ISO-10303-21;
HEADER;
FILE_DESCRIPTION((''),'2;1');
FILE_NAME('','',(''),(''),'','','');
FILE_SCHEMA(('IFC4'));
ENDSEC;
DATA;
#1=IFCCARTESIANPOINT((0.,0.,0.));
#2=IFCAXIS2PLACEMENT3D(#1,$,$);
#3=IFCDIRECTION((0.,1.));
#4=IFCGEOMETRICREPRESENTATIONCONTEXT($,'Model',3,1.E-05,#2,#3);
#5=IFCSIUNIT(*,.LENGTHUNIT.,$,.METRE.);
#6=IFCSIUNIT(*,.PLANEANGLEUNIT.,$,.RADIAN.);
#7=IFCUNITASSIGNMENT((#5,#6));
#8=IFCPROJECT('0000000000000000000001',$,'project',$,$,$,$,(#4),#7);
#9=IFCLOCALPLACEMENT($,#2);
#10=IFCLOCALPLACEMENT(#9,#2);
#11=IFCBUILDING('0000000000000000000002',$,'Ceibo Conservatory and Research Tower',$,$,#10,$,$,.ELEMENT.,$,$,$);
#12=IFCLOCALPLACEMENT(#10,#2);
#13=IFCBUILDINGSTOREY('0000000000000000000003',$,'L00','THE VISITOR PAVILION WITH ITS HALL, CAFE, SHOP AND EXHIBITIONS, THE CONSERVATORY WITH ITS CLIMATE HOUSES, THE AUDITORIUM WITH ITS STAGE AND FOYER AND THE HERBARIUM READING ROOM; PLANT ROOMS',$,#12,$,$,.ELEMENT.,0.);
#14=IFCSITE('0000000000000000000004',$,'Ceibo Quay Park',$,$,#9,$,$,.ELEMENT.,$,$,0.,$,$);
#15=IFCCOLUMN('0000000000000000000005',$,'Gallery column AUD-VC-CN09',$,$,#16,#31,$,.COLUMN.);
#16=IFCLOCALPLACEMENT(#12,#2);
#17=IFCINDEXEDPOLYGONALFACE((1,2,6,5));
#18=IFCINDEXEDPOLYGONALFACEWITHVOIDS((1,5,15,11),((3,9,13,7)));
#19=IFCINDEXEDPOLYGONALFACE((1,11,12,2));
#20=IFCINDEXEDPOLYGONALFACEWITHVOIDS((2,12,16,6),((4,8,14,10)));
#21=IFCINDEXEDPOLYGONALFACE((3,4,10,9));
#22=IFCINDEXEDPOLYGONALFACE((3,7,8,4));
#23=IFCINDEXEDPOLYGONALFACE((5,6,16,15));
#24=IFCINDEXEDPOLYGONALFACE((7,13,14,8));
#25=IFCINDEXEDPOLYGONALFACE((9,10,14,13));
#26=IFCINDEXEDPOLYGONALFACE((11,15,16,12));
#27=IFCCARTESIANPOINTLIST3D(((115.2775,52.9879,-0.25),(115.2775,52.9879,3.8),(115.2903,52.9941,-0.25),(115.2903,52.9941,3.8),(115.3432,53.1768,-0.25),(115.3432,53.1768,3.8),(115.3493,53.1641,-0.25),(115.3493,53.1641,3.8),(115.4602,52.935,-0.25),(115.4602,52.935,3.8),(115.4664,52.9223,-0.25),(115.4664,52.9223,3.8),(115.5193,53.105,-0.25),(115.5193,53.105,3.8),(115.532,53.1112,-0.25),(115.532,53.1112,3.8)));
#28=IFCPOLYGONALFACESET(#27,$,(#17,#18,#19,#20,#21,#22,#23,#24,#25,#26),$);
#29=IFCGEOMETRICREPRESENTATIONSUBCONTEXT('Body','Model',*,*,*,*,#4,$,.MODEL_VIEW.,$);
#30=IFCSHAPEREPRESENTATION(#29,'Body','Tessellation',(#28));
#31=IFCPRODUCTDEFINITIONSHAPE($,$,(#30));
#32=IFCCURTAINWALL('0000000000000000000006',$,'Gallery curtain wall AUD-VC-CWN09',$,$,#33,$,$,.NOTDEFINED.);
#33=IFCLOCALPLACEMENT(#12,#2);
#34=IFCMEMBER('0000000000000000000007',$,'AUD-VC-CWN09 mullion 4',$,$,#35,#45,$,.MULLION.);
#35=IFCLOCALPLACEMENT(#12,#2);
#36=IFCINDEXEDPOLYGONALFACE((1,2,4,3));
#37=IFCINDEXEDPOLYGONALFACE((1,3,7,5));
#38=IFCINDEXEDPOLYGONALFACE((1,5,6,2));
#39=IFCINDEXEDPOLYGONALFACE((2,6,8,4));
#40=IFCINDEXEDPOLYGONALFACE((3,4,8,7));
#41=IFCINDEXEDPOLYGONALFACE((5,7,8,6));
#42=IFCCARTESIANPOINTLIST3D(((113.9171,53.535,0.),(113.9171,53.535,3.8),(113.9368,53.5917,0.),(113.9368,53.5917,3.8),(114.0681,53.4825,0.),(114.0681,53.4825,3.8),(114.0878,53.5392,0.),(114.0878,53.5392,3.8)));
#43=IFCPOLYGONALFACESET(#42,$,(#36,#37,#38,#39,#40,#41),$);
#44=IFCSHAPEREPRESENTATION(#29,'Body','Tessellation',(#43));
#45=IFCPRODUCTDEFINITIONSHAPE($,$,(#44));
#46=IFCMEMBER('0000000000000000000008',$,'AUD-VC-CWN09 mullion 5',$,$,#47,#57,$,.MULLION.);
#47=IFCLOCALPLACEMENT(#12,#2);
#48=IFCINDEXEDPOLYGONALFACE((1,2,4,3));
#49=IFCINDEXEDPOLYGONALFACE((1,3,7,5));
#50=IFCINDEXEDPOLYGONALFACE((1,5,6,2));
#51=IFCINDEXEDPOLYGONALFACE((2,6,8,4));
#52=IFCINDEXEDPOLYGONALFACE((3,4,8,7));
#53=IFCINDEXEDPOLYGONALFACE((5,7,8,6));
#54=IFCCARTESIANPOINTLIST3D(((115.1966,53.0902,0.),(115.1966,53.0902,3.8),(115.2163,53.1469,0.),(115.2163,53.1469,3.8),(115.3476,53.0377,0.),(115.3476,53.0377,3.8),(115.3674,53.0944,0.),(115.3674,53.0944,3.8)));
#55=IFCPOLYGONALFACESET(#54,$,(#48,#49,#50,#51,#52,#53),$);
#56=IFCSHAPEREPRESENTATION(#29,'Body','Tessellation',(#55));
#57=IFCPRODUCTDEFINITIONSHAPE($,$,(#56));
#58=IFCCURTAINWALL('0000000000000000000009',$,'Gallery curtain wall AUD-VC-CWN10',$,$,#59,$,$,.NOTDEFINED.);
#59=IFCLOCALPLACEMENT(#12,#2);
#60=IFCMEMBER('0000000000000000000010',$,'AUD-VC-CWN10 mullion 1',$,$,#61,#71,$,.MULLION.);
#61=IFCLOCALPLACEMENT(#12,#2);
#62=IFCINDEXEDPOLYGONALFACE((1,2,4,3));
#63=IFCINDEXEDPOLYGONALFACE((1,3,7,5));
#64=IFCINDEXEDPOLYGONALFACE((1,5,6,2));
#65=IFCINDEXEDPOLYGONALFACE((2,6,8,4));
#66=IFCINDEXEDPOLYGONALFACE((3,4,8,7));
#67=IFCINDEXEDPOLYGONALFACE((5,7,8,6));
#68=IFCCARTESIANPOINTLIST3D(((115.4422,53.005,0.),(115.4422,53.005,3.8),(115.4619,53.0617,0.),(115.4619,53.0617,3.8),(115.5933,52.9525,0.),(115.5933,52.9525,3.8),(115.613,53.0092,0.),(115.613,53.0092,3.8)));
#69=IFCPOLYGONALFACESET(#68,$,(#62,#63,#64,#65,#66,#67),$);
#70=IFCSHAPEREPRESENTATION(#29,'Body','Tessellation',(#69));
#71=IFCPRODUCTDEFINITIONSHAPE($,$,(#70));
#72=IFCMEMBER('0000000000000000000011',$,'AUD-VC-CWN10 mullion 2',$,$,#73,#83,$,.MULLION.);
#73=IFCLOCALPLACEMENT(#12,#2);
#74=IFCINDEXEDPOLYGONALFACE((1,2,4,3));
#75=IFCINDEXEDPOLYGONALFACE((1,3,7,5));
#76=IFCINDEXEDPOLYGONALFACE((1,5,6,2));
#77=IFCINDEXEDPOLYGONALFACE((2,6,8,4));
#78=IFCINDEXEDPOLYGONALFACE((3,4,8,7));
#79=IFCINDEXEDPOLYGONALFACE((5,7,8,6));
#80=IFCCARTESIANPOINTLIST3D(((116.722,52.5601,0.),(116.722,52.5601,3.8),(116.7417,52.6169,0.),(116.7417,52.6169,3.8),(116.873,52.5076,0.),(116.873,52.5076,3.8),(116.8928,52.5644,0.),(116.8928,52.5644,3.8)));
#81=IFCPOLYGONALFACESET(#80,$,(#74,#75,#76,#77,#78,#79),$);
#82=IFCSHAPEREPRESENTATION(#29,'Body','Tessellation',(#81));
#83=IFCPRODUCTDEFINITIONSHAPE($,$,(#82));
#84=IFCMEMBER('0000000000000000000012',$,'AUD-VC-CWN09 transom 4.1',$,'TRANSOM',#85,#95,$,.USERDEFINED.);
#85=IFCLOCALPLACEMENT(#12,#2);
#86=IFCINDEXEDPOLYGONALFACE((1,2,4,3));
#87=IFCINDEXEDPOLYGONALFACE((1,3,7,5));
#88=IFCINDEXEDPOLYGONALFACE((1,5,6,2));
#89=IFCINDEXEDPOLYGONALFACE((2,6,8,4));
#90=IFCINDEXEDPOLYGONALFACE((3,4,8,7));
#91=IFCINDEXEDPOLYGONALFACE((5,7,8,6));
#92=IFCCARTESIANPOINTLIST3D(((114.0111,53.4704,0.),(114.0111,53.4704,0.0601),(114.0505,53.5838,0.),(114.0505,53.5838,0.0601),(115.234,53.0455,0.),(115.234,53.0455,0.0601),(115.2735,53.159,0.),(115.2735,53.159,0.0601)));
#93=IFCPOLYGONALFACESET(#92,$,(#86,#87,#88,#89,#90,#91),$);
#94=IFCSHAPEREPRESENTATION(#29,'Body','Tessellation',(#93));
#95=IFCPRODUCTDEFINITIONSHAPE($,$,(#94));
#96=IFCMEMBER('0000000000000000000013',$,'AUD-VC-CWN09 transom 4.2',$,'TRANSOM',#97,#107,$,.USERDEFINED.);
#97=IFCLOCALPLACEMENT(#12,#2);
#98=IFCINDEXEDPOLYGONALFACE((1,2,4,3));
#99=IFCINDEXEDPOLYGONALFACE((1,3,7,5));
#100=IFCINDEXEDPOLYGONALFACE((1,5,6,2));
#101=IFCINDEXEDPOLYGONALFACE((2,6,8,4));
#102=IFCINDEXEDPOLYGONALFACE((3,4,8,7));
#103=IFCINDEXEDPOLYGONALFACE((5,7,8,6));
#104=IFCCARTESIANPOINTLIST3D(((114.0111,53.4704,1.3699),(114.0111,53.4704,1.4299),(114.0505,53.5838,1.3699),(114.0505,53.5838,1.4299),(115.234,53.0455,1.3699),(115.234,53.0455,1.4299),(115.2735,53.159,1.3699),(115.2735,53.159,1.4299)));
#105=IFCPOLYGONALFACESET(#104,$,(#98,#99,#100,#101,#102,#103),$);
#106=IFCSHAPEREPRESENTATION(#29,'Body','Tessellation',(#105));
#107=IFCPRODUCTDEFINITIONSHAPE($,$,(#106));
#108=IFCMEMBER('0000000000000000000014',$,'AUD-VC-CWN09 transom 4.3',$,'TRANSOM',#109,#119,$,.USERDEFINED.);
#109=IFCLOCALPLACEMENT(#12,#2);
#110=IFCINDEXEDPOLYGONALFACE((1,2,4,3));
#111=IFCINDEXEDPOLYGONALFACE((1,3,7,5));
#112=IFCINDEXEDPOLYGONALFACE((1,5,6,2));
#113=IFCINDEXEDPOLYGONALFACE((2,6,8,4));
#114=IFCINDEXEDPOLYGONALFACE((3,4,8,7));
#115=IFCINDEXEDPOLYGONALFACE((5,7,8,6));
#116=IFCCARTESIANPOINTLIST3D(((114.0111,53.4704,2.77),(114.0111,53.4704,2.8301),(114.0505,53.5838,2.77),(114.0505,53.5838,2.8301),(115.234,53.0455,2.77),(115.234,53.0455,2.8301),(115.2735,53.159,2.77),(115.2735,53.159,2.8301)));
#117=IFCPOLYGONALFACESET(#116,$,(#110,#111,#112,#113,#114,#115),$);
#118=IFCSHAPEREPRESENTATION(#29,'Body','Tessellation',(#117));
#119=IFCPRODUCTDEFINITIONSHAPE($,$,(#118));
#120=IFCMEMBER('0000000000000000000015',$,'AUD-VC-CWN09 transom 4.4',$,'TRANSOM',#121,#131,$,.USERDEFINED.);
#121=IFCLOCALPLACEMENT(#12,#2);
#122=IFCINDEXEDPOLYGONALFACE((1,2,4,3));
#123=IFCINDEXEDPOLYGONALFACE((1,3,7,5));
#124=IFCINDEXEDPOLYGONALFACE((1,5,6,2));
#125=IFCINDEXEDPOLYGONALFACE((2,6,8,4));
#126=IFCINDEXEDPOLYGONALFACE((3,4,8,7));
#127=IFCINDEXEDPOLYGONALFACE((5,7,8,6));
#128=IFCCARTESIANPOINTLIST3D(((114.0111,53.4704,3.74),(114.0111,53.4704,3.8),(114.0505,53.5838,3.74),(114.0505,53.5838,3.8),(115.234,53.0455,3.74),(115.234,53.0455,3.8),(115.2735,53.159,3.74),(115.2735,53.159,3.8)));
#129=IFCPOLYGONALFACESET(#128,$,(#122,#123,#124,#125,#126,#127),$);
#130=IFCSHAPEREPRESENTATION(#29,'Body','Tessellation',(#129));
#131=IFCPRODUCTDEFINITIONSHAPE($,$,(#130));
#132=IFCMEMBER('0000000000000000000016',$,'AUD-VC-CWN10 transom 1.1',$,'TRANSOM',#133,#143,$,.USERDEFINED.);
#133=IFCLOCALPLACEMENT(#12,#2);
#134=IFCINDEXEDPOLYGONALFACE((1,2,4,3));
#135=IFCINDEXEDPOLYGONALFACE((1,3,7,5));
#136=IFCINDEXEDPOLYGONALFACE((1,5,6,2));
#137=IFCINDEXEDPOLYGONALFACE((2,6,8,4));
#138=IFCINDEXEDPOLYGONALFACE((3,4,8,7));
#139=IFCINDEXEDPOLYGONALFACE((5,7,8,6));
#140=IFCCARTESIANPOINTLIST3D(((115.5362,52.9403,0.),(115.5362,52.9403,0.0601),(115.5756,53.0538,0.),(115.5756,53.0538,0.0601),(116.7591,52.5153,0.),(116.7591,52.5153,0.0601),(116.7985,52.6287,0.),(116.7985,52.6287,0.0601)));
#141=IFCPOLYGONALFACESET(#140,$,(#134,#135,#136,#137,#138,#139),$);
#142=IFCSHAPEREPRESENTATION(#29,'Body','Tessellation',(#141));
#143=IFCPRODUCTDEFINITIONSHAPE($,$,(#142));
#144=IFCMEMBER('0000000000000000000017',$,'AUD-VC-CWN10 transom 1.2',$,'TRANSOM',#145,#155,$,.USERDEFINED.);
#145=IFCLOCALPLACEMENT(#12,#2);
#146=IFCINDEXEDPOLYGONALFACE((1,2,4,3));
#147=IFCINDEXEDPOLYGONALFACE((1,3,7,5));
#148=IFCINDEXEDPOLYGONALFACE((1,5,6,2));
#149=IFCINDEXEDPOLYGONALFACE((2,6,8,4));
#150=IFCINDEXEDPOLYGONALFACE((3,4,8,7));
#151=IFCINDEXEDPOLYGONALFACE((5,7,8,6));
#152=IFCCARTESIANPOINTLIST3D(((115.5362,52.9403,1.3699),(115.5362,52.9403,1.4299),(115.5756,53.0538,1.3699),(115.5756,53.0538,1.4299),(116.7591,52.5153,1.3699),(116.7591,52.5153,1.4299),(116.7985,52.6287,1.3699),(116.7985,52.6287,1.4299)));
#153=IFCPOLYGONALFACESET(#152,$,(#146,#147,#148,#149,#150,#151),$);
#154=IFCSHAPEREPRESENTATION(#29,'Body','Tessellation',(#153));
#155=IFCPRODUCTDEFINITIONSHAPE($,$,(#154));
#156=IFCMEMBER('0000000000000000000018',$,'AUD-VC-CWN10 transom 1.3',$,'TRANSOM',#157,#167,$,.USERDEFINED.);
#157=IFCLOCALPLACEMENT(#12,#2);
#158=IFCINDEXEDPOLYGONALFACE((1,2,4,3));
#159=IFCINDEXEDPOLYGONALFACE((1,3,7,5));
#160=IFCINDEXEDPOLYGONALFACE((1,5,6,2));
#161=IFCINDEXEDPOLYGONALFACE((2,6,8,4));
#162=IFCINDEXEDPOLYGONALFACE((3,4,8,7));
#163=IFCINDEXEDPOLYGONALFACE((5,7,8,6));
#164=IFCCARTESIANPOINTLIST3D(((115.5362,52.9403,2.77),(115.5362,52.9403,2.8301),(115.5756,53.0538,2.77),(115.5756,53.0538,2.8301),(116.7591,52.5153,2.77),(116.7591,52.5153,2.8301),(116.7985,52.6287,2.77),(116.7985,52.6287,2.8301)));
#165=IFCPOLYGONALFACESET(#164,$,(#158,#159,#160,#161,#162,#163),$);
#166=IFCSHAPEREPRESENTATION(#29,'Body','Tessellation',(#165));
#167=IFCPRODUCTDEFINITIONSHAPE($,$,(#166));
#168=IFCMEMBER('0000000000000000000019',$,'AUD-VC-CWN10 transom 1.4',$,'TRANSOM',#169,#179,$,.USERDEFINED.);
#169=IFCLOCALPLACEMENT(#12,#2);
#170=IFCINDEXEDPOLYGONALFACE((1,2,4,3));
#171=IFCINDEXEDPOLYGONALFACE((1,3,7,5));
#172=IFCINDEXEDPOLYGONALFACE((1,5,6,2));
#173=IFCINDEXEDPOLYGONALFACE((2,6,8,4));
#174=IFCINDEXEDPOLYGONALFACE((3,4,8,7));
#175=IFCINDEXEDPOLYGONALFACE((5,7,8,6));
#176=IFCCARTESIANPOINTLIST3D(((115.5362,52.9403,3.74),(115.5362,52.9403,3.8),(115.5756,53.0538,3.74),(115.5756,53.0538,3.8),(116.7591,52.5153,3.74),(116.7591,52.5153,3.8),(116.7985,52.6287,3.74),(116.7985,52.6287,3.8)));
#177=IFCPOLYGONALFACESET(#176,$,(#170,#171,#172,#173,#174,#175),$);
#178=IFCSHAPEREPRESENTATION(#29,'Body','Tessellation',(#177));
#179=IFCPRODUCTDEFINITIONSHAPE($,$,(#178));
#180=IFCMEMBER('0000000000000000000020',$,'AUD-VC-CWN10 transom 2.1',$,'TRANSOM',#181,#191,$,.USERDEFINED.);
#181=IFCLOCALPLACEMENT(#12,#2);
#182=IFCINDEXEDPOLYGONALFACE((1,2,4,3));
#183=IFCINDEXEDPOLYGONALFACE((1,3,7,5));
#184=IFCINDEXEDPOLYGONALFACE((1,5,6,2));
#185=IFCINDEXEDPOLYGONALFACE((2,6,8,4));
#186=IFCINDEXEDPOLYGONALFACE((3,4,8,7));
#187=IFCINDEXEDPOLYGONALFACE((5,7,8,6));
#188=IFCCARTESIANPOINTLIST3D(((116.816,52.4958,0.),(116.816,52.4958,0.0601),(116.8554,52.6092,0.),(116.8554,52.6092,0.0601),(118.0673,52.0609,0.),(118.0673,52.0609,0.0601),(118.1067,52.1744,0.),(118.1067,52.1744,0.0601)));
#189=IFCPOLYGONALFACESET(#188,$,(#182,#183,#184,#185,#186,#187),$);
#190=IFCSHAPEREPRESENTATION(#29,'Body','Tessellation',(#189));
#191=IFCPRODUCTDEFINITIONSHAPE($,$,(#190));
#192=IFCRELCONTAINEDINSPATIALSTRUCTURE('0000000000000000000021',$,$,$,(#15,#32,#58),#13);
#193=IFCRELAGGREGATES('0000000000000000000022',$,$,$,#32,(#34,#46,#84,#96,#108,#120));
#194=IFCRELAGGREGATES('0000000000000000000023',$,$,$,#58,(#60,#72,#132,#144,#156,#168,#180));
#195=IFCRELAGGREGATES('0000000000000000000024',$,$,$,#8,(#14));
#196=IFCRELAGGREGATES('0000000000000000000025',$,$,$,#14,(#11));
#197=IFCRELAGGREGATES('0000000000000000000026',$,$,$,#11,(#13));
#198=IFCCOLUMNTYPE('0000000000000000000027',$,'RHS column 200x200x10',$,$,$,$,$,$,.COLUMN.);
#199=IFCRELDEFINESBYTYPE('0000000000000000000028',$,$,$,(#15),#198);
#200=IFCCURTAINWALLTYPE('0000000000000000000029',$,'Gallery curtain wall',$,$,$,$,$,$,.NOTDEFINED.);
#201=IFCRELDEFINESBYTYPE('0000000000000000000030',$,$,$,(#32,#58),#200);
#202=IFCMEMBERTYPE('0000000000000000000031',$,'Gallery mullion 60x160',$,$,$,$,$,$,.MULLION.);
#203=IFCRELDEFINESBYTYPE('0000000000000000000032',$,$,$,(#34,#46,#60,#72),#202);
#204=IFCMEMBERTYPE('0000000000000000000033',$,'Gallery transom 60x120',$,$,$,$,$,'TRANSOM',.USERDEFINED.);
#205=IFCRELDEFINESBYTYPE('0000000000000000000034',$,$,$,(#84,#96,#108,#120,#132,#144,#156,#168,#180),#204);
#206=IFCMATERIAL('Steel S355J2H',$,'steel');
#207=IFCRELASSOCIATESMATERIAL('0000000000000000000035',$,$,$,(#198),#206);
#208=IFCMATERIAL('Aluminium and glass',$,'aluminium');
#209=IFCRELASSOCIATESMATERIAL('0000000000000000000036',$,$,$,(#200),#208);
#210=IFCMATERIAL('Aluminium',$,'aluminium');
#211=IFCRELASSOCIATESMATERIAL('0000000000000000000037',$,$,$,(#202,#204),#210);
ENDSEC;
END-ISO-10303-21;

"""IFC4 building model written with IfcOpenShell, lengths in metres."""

from ifc_helpers import new_model, si_unit, direction, frame, origin, origin_2d, place, context, subcontext, project, spatial, rectangle, hollow_rectangle, extrude, material, material_profile, profile_set, type_object, element, aggregate, save


model = new_model("IFC4")

# Units and contexts
model_context = context("Model", 3, precision=1e-05, world=origin(), true_north=direction((0.0, 1.0)))
body_context = subcontext(model_context, "Body", "Model", "MODEL_VIEW")
ifc_project = project(units=[si_unit("LENGTHUNIT", "METRE"), si_unit("PLANEANGLEUNIT", "RADIAN")], contexts=[model_context])

# Site, building, storey
site_placement = place(None, origin())
site = spatial("IfcSite", under=ifc_project, at=site_placement, Name="Ceibo Quay Park", CompositionType="ELEMENT", RefElevation=0.0)
building_placement = place(site_placement, origin())
building = spatial("IfcBuilding", under=site, at=building_placement, Name="Ceibo Conservatory and Research Tower", CompositionType="ELEMENT")
storey_placement = place(building_placement, origin())
storey = spatial("IfcBuildingStorey", under=building, at=storey_placement, Name="L00", Description="THE VISITOR PAVILION WITH ITS HALL, CAFE, SHOP AND EXHIBITIONS, THE CONSERVATORY WITH ITS CLIMATE HOUSES, THE AUDITORIUM WITH ITS STAGE AND FOYER AND THE HERBARIUM READING ROOM; PLANT ROOMS", CompositionType="ELEMENT", Elevation=0.0)

# Column
ifc_material_1 = material(Name="Steel S355J2H", Category="steel")
ifc_material_profile_1 = material_profile(ifc_material_1, hollow_rectangle(XDim=0.2, YDim=0.2, WallThickness=0.01, at=origin_2d()), Name="RHS column 200x200x10")
ifc_profile_set_1 = profile_set([ifc_material_profile_1], Name="Steel S355J2H")
column_type = type_object("IfcColumnType", Name="RHS column 200x200x10", PredefinedType="COLUMN", material=ifc_profile_set_1)
column_placement = place(storey_placement, frame((115.4048, 53.0496, -0.25), z_axis=(0.0, 0.0, 1.0), x_axis=(0.944579, -0.328284, 0.0)))
element("IfcColumn", 1, at=column_placement, inside=storey, type_object=column_type, Name="Gallery column AUD-VC-CN09", PredefinedType="COLUMN", context=body_context, shape_type="SweptSolid", body=[
    extrude(hollow_rectangle(XDim=0.2, YDim=0.2, WallThickness=0.01, at=origin_2d()), origin(), (0.0, 0.0, 1.0), 4.05),
])

# Curtain walls, members
ifc_material_2 = material(Name="Aluminium and glass", Category="aluminium")
curtain_wall_type = type_object("IfcCurtainWallType", Name="Gallery curtain wall", PredefinedType="NOTDEFINED", material=ifc_material_2)
curtain_wall_1_placement = place(storey_placement, origin())
curtain_wall_1 = element("IfcCurtainWall", 2, at=curtain_wall_1_placement, inside=storey, type_object=curtain_wall_type, Name="Gallery curtain wall AUD-VC-CWN09", PredefinedType="NOTDEFINED")
ifc_material_3 = material(Name="Aluminium", Category="aluminium")
ifc_material_profile_2 = material_profile(ifc_material_3, rectangle(XDim=0.0601, YDim=0.1599, at=origin_2d()), Name="AL 60x160")
ifc_profile_set_2 = profile_set([ifc_material_profile_2], Name="Aluminium")
member_type_1 = type_object("IfcMemberType", Name="Gallery mullion 60x160", PredefinedType="MULLION", material=ifc_profile_set_2)
member_1_placement = place(storey_placement, frame((114.0024, 53.5371, 0.0), z_axis=(0.0, 0.0, 1.0), x_axis=(0.328284, 0.944579, 0.0)))
member_1 = element("IfcMember", 3, at=member_1_placement, type_object=member_type_1, Name="AUD-VC-CWN09 mullion 4", PredefinedType="MULLION", context=body_context, shape_type="SweptSolid", body=[
    extrude(rectangle(XDim=0.0601, YDim=0.1599, at=origin_2d()), origin(), (0.0, 0.0, 1.0), 3.8),
])
member_2_placement = place(storey_placement, frame((115.282, 53.0923, 0.0), z_axis=(0.0, 0.0, 1.0), x_axis=(0.328284, 0.944579, 0.0)))
member_2 = element("IfcMember", 4, at=member_2_placement, type_object=member_type_1, Name="AUD-VC-CWN09 mullion 5", PredefinedType="MULLION", context=body_context, shape_type="SweptSolid", body=[
    extrude(rectangle(XDim=0.0601, YDim=0.1599, at=origin_2d()), origin(), (0.0, 0.0, 1.0), 3.8),
])
curtain_wall_2_placement = place(storey_placement, origin())
curtain_wall_2 = element("IfcCurtainWall", 5, at=curtain_wall_2_placement, inside=storey, type_object=curtain_wall_type, Name="Gallery curtain wall AUD-VC-CWN10", PredefinedType="NOTDEFINED")
member_3_placement = place(storey_placement, frame((115.5276, 53.0071, 0.0), z_axis=(0.0, 0.0, 1.0), x_axis=(0.328284, 0.944579, 0.0)))
member_3 = element("IfcMember", 6, at=member_3_placement, type_object=member_type_1, Name="AUD-VC-CWN10 mullion 1", PredefinedType="MULLION", context=body_context, shape_type="SweptSolid", body=[
    extrude(rectangle(XDim=0.0601, YDim=0.1599, at=origin_2d()), origin(), (0.0, 0.0, 1.0), 3.8),
])
member_4_placement = place(storey_placement, frame((116.8074, 52.5623, 0.0), z_axis=(0.0, 0.0, 1.0), x_axis=(0.328284, 0.944579, 0.0)))
member_4 = element("IfcMember", 7, at=member_4_placement, type_object=member_type_1, Name="AUD-VC-CWN10 mullion 2", PredefinedType="MULLION", context=body_context, shape_type="SweptSolid", body=[
    extrude(rectangle(XDim=0.0601, YDim=0.1599, at=origin_2d()), origin(), (0.0, 0.0, 1.0), 3.8),
])

# Members
ifc_material_profile_3 = material_profile(ifc_material_3, rectangle(XDim=0.1201, YDim=0.0601, at=origin_2d()), Name="AL 60x120")
ifc_profile_set_3 = profile_set([ifc_material_profile_3], Name="Aluminium")
member_type_2 = type_object("IfcMemberType", Name="Gallery transom 60x120", ElementType="TRANSOM", PredefinedType="USERDEFINED", material=ifc_profile_set_3)
member_5_placement = place(storey_placement, frame((114.0308, 53.5271, 0.03), z_axis=(0.944629, -0.32814, 0.0), x_axis=(0.32814, 0.944629, 0.0)))
member_5 = element("IfcMember", 8, at=member_5_placement, type_object=member_type_2, Name="AUD-VC-CWN09 transom 4.1", ObjectType="TRANSOM", PredefinedType="USERDEFINED", context=body_context, shape_type="SweptSolid", body=[
    extrude(rectangle(XDim=0.1201, YDim=0.0601, at=origin_2d()), origin(), (0.0, 0.0, 1.0), 1.2947),
])
member_6_placement = place(storey_placement, frame((114.0308, 53.5271, 1.3999), z_axis=(0.944629, -0.32814, 0.0), x_axis=(0.32814, 0.944629, 0.0)))
member_6 = element("IfcMember", 9, at=member_6_placement, type_object=member_type_2, Name="AUD-VC-CWN09 transom 4.2", ObjectType="TRANSOM", PredefinedType="USERDEFINED", context=body_context, shape_type="SweptSolid", body=[
    extrude(rectangle(XDim=0.1201, YDim=0.0601, at=origin_2d()), origin(), (0.0, 0.0, 1.0), 1.2947),
])
member_7_placement = place(storey_placement, frame((114.0308, 53.5271, 2.8), z_axis=(0.944629, -0.32814, 0.0), x_axis=(0.32814, 0.944629, 0.0)))
member_7 = element("IfcMember", 10, at=member_7_placement, type_object=member_type_2, Name="AUD-VC-CWN09 transom 4.3", ObjectType="TRANSOM", PredefinedType="USERDEFINED", context=body_context, shape_type="SweptSolid", body=[
    extrude(rectangle(XDim=0.1201, YDim=0.0601, at=origin_2d()), origin(), (0.0, 0.0, 1.0), 1.2947),
])
member_8_placement = place(storey_placement, frame((114.0308, 53.5271, 3.77), z_axis=(0.944629, -0.32814, 0.0), x_axis=(0.32814, 0.944629, 0.0)))
member_8 = element("IfcMember", 11, at=member_8_placement, type_object=member_type_2, Name="AUD-VC-CWN09 transom 4.4", ObjectType="TRANSOM", PredefinedType="USERDEFINED", context=body_context, shape_type="SweptSolid", body=[
    extrude(rectangle(XDim=0.1201, YDim=0.0601, at=origin_2d()), origin(), (0.0, 0.0, 1.0), 1.2947),
])
member_9_placement = place(storey_placement, frame((115.5559, 52.9971, 0.03), z_axis=(0.944571, -0.328309, 0.0), x_axis=(0.328309, 0.944571, 0.0)))
member_9 = element("IfcMember", 12, at=member_9_placement, type_object=member_type_2, Name="AUD-VC-CWN10 transom 1.1", ObjectType="TRANSOM", PredefinedType="USERDEFINED", context=body_context, shape_type="SweptSolid", body=[
    extrude(rectangle(XDim=0.1201, YDim=0.0601, at=origin_2d()), origin(), (0.0, 0.0, 1.0), 1.2947),
])
member_10_placement = place(storey_placement, frame((115.5559, 52.9971, 1.3999), z_axis=(0.944571, -0.328309, 0.0), x_axis=(0.328309, 0.944571, 0.0)))
member_10 = element("IfcMember", 13, at=member_10_placement, type_object=member_type_2, Name="AUD-VC-CWN10 transom 1.2", ObjectType="TRANSOM", PredefinedType="USERDEFINED", context=body_context, shape_type="SweptSolid", body=[
    extrude(rectangle(XDim=0.1201, YDim=0.0601, at=origin_2d()), origin(), (0.0, 0.0, 1.0), 1.2947),
])
member_11_placement = place(storey_placement, frame((115.5559, 52.9971, 2.8), z_axis=(0.944571, -0.328309, 0.0), x_axis=(0.328309, 0.944571, 0.0)))
member_11 = element("IfcMember", 14, at=member_11_placement, type_object=member_type_2, Name="AUD-VC-CWN10 transom 1.3", ObjectType="TRANSOM", PredefinedType="USERDEFINED", context=body_context, shape_type="SweptSolid", body=[
    extrude(rectangle(XDim=0.1201, YDim=0.0601, at=origin_2d()), origin(), (0.0, 0.0, 1.0), 1.2947),
])
member_12_placement = place(storey_placement, frame((115.5559, 52.9971, 3.77), z_axis=(0.944571, -0.328309, 0.0), x_axis=(0.328309, 0.944571, 0.0)))
member_12 = element("IfcMember", 15, at=member_12_placement, type_object=member_type_2, Name="AUD-VC-CWN10 transom 1.4", ObjectType="TRANSOM", PredefinedType="USERDEFINED", context=body_context, shape_type="SweptSolid", body=[
    extrude(rectangle(XDim=0.1201, YDim=0.0601, at=origin_2d()), origin(), (0.0, 0.0, 1.0), 1.2947),
])
member_13_placement = place(storey_placement, frame((116.8357, 52.5525, 0.03), z_axis=(0.944589, -0.328256, 0.0), x_axis=(0.328256, 0.944589, 0.0)))
member_13 = element("IfcMember", 16, at=member_13_placement, type_object=member_type_2, Name="AUD-VC-CWN10 transom 2.1", ObjectType="TRANSOM", PredefinedType="USERDEFINED", context=body_context, shape_type="SweptSolid", body=[
    extrude(rectangle(XDim=0.1201, YDim=0.0601, at=origin_2d()), origin(), (0.0, 0.0, 1.0), 1.3247),
])

aggregate(curtain_wall_1, [member_1, member_2, member_5, member_6, member_7, member_8])
aggregate(curtain_wall_2, [member_3, member_4, member_9, member_10, member_11, member_12, member_13])

save(model, "model.ifc")
